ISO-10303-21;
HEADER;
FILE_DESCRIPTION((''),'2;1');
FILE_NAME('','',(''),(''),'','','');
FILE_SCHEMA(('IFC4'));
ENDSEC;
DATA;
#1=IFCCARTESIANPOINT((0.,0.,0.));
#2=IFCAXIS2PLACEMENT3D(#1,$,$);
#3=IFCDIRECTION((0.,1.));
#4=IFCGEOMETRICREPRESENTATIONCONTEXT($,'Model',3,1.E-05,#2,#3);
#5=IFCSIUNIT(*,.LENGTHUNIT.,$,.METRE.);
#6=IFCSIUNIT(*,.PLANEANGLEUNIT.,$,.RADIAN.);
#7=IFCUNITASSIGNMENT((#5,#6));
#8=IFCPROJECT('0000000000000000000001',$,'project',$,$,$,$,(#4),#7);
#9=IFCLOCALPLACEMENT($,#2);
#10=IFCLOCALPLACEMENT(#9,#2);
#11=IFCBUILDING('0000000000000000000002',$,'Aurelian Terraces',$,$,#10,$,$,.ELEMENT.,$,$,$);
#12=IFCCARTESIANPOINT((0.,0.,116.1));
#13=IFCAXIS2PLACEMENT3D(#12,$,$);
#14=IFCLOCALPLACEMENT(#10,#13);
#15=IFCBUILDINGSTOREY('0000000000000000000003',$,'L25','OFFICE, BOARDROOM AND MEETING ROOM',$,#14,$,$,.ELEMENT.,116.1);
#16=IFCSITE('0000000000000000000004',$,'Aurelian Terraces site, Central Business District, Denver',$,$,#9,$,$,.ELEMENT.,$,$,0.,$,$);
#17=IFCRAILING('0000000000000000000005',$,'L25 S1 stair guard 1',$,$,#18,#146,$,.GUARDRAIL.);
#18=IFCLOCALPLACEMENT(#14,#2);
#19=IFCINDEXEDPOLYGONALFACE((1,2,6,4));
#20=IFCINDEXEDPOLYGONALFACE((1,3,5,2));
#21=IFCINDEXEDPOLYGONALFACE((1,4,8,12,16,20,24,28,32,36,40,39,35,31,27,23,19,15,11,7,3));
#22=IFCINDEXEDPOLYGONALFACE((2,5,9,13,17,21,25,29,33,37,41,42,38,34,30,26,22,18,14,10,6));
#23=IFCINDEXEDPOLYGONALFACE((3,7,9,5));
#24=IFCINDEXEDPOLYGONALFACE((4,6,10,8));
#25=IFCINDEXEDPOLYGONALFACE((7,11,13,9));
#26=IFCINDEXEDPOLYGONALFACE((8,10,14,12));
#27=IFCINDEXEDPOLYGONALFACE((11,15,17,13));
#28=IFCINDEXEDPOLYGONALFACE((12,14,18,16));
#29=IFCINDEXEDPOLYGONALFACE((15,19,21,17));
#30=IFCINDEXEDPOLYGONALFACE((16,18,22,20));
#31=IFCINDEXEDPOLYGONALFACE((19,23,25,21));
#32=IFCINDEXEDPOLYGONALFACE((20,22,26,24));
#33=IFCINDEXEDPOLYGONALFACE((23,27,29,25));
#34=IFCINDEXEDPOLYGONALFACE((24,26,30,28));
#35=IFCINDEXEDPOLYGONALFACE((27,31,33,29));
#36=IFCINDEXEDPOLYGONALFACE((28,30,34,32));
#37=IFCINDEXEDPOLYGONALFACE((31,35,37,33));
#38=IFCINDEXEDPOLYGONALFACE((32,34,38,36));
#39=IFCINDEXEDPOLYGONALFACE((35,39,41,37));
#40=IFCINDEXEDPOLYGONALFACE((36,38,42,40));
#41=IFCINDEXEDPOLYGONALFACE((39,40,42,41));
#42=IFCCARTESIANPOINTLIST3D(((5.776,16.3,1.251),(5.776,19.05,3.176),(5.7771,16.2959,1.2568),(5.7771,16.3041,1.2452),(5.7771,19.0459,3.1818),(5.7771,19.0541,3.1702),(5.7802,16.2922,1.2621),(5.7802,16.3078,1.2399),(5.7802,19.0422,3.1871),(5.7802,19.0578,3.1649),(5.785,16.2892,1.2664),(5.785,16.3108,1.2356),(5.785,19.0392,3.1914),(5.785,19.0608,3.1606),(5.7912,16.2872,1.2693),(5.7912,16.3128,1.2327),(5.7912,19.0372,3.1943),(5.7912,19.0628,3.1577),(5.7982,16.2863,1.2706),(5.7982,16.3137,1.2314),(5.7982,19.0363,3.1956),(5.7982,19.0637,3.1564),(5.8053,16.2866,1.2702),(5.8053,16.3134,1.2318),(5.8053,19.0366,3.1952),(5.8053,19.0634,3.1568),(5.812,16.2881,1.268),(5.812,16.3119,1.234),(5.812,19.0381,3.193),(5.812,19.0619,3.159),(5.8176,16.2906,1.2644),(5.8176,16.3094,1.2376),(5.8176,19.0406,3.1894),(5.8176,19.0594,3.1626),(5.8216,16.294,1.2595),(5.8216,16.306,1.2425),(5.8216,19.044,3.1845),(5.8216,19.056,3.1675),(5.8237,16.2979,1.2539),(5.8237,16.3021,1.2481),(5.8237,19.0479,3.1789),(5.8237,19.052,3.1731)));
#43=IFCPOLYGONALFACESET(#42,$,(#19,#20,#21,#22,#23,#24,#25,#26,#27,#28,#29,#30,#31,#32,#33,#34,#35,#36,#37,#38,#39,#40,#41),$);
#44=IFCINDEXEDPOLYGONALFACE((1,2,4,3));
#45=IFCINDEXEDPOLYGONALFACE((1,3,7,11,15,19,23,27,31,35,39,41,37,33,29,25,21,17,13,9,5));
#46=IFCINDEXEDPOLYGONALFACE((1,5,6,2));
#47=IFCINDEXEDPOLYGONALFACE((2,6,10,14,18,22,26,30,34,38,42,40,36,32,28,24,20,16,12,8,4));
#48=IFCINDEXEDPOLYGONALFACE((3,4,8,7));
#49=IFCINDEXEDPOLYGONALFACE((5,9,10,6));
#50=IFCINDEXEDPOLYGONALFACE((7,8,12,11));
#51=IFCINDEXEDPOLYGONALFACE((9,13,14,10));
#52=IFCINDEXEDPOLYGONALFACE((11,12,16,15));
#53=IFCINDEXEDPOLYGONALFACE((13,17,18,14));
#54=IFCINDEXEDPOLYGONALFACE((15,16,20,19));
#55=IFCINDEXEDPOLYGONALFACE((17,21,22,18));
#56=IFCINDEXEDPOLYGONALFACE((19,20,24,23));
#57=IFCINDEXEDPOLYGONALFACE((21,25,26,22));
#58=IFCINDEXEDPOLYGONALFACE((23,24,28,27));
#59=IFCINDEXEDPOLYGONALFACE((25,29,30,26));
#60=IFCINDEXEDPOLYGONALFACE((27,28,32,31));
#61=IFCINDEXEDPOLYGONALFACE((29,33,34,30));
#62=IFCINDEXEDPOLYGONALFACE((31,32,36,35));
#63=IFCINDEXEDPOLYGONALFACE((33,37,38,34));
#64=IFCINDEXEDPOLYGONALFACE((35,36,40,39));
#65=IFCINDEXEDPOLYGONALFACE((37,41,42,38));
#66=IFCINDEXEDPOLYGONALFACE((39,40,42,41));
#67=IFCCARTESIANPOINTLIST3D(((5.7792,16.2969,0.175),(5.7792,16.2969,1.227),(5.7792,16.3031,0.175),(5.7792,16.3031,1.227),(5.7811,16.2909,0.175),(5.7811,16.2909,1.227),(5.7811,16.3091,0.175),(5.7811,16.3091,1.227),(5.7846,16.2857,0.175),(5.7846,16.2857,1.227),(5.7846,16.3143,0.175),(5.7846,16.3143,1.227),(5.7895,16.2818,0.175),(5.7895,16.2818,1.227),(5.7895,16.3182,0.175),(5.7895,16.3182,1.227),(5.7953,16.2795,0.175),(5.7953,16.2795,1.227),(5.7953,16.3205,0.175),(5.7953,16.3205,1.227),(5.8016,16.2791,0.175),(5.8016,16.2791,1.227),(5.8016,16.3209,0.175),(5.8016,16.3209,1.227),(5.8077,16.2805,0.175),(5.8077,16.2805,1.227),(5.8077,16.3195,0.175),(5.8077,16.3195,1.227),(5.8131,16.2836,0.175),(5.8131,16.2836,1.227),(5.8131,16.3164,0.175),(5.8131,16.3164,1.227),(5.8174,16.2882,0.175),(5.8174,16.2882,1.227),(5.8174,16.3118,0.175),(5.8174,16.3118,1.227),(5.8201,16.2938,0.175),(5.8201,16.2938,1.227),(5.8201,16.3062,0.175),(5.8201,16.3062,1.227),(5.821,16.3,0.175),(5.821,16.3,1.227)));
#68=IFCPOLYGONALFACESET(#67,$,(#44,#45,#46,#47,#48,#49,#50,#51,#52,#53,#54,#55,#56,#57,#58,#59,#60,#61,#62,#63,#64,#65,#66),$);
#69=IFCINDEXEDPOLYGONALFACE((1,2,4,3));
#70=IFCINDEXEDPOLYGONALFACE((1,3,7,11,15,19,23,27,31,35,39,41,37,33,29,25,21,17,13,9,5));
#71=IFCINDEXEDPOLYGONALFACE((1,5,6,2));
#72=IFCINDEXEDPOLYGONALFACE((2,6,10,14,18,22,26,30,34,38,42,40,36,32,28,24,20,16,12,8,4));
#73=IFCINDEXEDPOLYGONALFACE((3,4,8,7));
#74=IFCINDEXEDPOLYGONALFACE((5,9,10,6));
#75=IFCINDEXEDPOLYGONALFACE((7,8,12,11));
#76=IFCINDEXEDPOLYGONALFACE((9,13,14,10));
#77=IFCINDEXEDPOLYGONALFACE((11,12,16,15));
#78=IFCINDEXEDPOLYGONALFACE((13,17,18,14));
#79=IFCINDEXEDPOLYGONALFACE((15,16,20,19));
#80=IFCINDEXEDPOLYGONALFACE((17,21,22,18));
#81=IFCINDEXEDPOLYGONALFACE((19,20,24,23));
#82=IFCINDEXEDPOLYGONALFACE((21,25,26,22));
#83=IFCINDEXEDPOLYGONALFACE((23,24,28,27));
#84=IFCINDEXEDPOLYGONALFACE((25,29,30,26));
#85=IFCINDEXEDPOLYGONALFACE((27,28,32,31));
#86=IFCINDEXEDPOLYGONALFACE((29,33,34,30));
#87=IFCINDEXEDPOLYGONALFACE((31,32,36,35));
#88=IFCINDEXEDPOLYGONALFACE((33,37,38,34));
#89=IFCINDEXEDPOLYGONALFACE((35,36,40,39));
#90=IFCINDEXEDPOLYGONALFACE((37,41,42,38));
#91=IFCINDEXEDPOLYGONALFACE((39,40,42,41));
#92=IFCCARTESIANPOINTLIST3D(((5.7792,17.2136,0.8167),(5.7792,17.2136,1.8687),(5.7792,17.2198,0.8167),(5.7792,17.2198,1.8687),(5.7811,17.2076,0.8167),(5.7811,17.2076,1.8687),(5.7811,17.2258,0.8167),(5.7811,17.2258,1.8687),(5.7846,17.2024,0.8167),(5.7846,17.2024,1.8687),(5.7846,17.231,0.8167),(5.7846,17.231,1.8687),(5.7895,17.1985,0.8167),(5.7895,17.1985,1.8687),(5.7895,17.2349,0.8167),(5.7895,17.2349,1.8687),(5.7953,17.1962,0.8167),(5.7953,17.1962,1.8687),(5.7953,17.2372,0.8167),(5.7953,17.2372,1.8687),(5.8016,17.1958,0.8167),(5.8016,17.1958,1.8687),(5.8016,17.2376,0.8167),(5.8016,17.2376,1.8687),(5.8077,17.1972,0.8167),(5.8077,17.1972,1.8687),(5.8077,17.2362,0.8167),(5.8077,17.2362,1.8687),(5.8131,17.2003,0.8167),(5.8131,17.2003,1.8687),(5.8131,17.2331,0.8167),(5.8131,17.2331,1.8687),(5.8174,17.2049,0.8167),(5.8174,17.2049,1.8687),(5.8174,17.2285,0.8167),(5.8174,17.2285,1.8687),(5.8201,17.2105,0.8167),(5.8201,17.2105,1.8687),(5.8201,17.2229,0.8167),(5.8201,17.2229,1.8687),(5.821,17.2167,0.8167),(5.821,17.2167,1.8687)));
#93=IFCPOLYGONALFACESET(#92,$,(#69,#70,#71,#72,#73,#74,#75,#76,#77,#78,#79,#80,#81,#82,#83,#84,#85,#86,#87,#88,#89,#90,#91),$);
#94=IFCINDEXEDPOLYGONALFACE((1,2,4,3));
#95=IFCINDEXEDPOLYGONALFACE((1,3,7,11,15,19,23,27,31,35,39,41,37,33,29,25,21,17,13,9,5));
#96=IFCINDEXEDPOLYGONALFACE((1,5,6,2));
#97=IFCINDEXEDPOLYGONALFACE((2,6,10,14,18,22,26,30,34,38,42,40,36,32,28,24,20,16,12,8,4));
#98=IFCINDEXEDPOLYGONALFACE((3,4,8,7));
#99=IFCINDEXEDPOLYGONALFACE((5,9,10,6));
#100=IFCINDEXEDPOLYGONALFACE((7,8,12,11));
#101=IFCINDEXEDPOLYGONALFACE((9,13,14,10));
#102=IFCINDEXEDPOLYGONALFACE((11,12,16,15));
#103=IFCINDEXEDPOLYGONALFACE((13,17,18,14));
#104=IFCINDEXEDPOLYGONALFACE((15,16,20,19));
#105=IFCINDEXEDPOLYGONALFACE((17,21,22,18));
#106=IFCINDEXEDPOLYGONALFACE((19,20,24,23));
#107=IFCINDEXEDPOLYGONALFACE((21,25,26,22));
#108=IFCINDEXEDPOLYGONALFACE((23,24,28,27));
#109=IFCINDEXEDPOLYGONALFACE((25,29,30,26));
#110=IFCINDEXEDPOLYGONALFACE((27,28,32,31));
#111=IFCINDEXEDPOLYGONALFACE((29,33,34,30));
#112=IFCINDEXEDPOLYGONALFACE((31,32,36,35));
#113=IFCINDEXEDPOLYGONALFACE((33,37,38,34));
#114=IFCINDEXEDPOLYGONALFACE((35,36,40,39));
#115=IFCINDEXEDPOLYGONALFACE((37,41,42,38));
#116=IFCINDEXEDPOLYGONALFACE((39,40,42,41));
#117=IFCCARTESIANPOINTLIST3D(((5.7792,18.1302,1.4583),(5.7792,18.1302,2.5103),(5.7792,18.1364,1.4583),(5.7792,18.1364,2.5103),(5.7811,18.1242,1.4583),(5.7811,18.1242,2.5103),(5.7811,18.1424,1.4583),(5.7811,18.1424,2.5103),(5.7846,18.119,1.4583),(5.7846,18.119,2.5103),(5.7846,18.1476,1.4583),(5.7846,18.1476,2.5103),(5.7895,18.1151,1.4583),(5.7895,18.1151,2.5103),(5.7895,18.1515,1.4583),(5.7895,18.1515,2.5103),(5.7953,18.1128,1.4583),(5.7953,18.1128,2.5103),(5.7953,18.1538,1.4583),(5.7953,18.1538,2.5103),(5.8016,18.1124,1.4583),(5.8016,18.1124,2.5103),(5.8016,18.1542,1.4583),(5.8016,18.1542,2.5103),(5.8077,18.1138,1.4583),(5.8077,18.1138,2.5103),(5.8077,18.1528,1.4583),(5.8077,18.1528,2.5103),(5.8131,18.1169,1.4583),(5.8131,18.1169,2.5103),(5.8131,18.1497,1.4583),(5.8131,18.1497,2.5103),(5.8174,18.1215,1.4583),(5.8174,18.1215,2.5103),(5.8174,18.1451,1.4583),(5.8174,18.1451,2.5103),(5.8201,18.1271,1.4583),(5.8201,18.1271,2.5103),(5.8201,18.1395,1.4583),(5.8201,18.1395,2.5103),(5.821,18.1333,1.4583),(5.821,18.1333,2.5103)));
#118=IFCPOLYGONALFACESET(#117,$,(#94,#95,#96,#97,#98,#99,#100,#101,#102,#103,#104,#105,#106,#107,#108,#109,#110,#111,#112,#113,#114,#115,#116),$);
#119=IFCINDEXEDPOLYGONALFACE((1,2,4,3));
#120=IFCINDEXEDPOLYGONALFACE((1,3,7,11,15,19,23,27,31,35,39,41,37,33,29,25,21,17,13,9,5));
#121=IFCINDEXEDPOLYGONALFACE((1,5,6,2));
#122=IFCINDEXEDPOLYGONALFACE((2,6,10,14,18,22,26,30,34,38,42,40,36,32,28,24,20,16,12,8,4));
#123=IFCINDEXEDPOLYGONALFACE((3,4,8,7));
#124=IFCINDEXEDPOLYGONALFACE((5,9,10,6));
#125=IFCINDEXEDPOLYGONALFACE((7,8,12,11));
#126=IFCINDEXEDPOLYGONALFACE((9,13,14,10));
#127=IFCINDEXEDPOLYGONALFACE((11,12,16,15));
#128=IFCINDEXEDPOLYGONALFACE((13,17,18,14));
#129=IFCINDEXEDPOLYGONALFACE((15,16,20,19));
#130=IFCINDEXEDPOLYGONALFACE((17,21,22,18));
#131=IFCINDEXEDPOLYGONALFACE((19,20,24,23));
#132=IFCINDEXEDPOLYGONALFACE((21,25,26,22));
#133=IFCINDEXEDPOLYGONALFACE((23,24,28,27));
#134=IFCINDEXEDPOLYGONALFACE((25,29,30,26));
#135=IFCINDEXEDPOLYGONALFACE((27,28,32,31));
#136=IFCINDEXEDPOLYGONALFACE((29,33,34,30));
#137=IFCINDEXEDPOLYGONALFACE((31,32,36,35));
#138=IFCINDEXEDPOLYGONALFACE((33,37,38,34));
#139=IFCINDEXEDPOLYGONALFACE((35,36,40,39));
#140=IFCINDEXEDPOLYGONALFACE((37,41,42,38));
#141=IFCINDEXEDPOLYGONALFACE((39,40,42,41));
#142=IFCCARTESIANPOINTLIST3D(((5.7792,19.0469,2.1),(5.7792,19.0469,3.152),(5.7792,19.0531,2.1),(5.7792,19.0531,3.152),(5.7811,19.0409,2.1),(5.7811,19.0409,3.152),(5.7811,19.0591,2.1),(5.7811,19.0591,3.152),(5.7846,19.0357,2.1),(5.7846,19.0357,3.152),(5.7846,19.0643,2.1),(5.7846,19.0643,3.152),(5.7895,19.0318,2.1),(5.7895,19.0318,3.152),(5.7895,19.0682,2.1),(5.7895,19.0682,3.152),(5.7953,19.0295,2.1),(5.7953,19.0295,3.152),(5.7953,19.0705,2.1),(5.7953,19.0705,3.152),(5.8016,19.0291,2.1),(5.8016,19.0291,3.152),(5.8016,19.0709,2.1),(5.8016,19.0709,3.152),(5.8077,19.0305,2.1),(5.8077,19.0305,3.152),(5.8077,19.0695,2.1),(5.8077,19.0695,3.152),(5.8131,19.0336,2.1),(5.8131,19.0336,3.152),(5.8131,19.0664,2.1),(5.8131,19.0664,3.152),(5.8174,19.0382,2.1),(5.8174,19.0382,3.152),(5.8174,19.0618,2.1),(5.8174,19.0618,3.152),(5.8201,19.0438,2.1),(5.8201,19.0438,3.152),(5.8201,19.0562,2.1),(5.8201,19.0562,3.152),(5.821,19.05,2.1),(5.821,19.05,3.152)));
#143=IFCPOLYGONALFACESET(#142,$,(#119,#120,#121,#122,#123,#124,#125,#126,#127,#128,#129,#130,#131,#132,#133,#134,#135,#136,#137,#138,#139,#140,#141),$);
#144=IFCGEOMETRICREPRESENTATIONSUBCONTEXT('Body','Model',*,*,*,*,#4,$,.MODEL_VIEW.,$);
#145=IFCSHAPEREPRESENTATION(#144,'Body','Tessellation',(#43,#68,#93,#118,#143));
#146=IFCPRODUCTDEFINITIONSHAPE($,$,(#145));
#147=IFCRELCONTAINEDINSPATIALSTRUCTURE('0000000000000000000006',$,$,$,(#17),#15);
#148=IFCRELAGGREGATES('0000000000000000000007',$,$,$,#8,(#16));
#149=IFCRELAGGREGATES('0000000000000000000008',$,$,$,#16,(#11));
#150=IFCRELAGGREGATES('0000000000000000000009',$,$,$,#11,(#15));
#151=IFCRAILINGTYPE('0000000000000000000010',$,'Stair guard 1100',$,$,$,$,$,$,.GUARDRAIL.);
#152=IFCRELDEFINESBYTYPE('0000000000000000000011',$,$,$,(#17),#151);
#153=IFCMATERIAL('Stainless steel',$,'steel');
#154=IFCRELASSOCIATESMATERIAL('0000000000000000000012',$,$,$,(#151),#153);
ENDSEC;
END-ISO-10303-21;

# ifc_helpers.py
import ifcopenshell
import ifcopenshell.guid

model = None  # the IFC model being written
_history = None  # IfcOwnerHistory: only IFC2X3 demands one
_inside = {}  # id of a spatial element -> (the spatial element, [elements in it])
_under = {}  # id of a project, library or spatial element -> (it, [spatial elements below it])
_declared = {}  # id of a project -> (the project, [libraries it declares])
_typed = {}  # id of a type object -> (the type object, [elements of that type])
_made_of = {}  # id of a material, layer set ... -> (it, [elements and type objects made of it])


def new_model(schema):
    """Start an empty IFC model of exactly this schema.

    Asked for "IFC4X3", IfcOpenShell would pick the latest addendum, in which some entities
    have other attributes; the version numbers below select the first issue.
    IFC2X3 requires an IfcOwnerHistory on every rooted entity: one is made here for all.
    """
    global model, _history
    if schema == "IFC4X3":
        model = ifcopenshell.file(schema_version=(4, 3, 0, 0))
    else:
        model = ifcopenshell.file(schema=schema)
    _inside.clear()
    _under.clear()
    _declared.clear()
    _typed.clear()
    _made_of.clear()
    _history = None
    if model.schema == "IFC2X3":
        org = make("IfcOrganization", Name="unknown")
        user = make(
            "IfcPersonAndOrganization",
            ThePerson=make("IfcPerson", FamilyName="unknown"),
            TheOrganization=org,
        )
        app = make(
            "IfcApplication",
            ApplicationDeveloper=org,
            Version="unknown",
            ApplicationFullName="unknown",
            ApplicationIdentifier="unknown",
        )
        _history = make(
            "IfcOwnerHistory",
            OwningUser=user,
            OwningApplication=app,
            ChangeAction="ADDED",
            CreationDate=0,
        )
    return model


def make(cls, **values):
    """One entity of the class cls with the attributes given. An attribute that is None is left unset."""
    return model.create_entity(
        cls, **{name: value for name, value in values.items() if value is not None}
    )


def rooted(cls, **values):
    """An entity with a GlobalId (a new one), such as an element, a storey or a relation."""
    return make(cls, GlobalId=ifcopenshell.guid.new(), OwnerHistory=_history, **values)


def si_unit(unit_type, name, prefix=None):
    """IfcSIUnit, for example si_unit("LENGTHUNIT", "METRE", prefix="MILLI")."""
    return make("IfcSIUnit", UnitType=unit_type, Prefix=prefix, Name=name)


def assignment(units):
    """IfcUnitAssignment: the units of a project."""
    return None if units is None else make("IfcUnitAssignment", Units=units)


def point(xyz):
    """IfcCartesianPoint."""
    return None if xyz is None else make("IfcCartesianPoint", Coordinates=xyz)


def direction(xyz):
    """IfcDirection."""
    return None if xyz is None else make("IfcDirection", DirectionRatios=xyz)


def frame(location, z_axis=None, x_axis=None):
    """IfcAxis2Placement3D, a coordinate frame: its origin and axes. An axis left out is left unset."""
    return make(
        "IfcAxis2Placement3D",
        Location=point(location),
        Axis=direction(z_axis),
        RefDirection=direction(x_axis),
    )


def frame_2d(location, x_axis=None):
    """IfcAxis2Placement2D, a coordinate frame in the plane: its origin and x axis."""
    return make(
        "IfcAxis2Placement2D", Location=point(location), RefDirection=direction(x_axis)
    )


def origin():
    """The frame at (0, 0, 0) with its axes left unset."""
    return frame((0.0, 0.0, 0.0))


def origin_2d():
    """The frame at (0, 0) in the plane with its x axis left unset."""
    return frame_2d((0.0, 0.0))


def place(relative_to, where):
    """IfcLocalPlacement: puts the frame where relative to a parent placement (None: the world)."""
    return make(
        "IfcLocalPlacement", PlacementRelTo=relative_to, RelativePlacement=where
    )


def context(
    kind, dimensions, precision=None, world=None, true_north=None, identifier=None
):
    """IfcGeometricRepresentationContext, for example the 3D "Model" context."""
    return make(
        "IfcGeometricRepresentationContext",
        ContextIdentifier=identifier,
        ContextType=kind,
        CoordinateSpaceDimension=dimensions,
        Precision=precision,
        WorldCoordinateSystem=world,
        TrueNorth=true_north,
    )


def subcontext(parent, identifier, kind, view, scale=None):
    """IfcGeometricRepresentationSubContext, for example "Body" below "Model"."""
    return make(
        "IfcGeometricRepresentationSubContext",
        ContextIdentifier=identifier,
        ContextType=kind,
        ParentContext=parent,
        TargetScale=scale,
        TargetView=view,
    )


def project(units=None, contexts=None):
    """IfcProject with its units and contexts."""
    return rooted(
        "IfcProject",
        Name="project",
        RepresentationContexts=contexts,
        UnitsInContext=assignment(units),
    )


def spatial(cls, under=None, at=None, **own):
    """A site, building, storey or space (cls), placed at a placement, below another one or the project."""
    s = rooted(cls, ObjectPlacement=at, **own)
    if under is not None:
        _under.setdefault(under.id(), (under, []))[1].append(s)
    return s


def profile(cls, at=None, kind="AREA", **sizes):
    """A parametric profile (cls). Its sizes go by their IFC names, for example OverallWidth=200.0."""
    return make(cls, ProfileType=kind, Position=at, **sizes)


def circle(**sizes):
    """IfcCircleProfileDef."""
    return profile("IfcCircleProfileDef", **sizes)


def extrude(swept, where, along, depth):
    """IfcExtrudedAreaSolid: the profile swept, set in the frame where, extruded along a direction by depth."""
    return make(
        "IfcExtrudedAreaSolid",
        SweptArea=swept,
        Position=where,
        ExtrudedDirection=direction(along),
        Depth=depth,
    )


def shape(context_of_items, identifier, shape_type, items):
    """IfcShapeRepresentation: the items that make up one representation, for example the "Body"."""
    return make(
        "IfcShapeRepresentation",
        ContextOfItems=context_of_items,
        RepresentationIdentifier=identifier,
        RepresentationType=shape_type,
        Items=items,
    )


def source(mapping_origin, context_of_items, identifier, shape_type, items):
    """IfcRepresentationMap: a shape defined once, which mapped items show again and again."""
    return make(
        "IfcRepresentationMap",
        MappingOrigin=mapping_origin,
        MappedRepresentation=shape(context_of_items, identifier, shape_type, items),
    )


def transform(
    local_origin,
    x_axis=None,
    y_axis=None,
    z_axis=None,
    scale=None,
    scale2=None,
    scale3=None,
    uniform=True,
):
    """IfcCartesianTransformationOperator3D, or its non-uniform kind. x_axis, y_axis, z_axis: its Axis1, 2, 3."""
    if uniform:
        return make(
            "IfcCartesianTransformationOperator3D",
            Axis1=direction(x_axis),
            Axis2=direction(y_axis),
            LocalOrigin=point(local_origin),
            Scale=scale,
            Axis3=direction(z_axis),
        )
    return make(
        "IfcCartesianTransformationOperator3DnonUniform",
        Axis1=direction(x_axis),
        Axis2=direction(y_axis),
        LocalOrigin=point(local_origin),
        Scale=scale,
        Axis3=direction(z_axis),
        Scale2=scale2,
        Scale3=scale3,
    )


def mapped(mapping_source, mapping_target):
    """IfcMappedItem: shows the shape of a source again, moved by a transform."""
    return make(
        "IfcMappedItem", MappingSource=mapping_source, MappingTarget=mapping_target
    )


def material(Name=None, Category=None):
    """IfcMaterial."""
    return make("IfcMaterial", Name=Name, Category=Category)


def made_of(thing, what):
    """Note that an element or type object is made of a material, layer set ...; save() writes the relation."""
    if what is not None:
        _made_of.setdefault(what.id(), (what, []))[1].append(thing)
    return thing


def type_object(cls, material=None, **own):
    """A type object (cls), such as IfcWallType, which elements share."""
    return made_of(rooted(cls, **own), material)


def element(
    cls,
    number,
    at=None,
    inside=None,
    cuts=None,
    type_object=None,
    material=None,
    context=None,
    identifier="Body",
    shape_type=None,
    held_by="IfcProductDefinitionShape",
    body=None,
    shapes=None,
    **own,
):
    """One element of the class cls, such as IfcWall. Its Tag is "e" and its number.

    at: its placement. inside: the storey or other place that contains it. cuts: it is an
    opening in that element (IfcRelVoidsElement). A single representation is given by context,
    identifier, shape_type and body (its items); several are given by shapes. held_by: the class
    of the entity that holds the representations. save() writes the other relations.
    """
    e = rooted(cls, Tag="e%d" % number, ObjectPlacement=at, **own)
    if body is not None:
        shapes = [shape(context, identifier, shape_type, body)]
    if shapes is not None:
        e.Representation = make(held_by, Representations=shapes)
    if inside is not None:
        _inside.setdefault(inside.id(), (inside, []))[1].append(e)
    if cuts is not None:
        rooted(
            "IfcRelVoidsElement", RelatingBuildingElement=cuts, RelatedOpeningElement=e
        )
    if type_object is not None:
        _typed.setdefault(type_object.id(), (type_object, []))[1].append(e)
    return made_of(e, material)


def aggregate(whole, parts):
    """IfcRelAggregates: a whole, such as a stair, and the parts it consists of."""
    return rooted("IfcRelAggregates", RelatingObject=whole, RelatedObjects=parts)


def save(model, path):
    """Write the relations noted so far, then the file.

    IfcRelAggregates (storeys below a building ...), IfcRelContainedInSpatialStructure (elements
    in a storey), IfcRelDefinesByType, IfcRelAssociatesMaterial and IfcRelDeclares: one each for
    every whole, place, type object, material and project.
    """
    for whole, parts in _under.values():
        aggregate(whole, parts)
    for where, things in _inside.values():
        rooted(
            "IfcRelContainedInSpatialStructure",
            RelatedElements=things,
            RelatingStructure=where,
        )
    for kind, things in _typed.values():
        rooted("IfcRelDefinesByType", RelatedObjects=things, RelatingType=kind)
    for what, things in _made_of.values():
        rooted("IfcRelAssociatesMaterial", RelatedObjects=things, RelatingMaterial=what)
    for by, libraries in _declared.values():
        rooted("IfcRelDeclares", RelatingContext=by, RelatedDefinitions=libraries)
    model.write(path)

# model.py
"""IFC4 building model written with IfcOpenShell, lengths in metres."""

from ifc_helpers import new_model, si_unit, direction, frame, origin, origin_2d, place, context, subcontext, project, spatial, circle, extrude, source, transform, mapped, material, type_object, element, save


model = new_model("IFC4")

# Units and contexts
model_context = context("Model", 3, precision=1e-05, world=origin(), true_north=direction((0.0, 1.0)))
body_context = subcontext(model_context, "Body", "Model", "MODEL_VIEW")
ifc_project = project(units=[si_unit("LENGTHUNIT", "METRE"), si_unit("PLANEANGLEUNIT", "RADIAN")], contexts=[model_context])

# Site, building, storey
site_placement = place(None, origin())
site = spatial("IfcSite", under=ifc_project, at=site_placement, Name="Aurelian Terraces site, Central Business District, Denver", CompositionType="ELEMENT", RefElevation=0.0)
building_placement = place(site_placement, origin())
building = spatial("IfcBuilding", under=site, at=building_placement, Name="Aurelian Terraces", CompositionType="ELEMENT")
storey_placement = place(building_placement, frame((0.0, 0.0, 116.1)))
storey = spatial("IfcBuildingStorey", under=building, at=storey_placement, Name="L25", Description="OFFICE, BOARDROOM AND MEETING ROOM", CompositionType="ELEMENT", Elevation=116.1)

# Railing
ifc_material_1 = material(Name="Stainless steel", Category="steel")
railing_type_1 = type_object("IfcRailingType", Name="Stair guard 1100", PredefinedType="GUARDRAIL", material=ifc_material_1)
shared_shape_1 = source(origin(), body_context, "Body", "SweptSolid", [
    extrude(circle(Radius=0.024, at=origin_2d()), frame((0.0, 0.0, 1.076), z_axis=(0.0, 0.819232, 0.573462), x_axis=(-1.0, 0.0, 0.0)), (0.0, 0.0, 1.0), 3.3568),
    extrude(circle(Radius=0.021, at=origin_2d()), origin(), (0.0, 0.0, 1.0), 1.052),
    extrude(circle(Radius=0.021, at=origin_2d()), frame((0.0, 0.9167, 0.6417)), (0.0, 0.0, 1.0), 1.052),
    extrude(circle(Radius=0.021, at=origin_2d()), frame((0.0, 1.8333, 1.2833)), (0.0, 0.0, 1.0), 1.052),
    extrude(circle(Radius=0.021, at=origin_2d()), frame((0.0, 2.75, 1.925)), (0.0, 0.0, 1.0), 1.052),
])
railing_1_placement = place(storey_placement, frame((5.8, 16.3, 0.175)))
element("IfcRailing", 1, at=railing_1_placement, inside=storey, type_object=railing_type_1, Name="L25 S1 stair guard 1", PredefinedType="GUARDRAIL", context=body_context, shape_type="MappedRepresentation", body=[
    mapped(shared_shape_1, transform((0.0, 0.0, 0.0), scale=1.0)),
])

save(model, "model.ifc")
